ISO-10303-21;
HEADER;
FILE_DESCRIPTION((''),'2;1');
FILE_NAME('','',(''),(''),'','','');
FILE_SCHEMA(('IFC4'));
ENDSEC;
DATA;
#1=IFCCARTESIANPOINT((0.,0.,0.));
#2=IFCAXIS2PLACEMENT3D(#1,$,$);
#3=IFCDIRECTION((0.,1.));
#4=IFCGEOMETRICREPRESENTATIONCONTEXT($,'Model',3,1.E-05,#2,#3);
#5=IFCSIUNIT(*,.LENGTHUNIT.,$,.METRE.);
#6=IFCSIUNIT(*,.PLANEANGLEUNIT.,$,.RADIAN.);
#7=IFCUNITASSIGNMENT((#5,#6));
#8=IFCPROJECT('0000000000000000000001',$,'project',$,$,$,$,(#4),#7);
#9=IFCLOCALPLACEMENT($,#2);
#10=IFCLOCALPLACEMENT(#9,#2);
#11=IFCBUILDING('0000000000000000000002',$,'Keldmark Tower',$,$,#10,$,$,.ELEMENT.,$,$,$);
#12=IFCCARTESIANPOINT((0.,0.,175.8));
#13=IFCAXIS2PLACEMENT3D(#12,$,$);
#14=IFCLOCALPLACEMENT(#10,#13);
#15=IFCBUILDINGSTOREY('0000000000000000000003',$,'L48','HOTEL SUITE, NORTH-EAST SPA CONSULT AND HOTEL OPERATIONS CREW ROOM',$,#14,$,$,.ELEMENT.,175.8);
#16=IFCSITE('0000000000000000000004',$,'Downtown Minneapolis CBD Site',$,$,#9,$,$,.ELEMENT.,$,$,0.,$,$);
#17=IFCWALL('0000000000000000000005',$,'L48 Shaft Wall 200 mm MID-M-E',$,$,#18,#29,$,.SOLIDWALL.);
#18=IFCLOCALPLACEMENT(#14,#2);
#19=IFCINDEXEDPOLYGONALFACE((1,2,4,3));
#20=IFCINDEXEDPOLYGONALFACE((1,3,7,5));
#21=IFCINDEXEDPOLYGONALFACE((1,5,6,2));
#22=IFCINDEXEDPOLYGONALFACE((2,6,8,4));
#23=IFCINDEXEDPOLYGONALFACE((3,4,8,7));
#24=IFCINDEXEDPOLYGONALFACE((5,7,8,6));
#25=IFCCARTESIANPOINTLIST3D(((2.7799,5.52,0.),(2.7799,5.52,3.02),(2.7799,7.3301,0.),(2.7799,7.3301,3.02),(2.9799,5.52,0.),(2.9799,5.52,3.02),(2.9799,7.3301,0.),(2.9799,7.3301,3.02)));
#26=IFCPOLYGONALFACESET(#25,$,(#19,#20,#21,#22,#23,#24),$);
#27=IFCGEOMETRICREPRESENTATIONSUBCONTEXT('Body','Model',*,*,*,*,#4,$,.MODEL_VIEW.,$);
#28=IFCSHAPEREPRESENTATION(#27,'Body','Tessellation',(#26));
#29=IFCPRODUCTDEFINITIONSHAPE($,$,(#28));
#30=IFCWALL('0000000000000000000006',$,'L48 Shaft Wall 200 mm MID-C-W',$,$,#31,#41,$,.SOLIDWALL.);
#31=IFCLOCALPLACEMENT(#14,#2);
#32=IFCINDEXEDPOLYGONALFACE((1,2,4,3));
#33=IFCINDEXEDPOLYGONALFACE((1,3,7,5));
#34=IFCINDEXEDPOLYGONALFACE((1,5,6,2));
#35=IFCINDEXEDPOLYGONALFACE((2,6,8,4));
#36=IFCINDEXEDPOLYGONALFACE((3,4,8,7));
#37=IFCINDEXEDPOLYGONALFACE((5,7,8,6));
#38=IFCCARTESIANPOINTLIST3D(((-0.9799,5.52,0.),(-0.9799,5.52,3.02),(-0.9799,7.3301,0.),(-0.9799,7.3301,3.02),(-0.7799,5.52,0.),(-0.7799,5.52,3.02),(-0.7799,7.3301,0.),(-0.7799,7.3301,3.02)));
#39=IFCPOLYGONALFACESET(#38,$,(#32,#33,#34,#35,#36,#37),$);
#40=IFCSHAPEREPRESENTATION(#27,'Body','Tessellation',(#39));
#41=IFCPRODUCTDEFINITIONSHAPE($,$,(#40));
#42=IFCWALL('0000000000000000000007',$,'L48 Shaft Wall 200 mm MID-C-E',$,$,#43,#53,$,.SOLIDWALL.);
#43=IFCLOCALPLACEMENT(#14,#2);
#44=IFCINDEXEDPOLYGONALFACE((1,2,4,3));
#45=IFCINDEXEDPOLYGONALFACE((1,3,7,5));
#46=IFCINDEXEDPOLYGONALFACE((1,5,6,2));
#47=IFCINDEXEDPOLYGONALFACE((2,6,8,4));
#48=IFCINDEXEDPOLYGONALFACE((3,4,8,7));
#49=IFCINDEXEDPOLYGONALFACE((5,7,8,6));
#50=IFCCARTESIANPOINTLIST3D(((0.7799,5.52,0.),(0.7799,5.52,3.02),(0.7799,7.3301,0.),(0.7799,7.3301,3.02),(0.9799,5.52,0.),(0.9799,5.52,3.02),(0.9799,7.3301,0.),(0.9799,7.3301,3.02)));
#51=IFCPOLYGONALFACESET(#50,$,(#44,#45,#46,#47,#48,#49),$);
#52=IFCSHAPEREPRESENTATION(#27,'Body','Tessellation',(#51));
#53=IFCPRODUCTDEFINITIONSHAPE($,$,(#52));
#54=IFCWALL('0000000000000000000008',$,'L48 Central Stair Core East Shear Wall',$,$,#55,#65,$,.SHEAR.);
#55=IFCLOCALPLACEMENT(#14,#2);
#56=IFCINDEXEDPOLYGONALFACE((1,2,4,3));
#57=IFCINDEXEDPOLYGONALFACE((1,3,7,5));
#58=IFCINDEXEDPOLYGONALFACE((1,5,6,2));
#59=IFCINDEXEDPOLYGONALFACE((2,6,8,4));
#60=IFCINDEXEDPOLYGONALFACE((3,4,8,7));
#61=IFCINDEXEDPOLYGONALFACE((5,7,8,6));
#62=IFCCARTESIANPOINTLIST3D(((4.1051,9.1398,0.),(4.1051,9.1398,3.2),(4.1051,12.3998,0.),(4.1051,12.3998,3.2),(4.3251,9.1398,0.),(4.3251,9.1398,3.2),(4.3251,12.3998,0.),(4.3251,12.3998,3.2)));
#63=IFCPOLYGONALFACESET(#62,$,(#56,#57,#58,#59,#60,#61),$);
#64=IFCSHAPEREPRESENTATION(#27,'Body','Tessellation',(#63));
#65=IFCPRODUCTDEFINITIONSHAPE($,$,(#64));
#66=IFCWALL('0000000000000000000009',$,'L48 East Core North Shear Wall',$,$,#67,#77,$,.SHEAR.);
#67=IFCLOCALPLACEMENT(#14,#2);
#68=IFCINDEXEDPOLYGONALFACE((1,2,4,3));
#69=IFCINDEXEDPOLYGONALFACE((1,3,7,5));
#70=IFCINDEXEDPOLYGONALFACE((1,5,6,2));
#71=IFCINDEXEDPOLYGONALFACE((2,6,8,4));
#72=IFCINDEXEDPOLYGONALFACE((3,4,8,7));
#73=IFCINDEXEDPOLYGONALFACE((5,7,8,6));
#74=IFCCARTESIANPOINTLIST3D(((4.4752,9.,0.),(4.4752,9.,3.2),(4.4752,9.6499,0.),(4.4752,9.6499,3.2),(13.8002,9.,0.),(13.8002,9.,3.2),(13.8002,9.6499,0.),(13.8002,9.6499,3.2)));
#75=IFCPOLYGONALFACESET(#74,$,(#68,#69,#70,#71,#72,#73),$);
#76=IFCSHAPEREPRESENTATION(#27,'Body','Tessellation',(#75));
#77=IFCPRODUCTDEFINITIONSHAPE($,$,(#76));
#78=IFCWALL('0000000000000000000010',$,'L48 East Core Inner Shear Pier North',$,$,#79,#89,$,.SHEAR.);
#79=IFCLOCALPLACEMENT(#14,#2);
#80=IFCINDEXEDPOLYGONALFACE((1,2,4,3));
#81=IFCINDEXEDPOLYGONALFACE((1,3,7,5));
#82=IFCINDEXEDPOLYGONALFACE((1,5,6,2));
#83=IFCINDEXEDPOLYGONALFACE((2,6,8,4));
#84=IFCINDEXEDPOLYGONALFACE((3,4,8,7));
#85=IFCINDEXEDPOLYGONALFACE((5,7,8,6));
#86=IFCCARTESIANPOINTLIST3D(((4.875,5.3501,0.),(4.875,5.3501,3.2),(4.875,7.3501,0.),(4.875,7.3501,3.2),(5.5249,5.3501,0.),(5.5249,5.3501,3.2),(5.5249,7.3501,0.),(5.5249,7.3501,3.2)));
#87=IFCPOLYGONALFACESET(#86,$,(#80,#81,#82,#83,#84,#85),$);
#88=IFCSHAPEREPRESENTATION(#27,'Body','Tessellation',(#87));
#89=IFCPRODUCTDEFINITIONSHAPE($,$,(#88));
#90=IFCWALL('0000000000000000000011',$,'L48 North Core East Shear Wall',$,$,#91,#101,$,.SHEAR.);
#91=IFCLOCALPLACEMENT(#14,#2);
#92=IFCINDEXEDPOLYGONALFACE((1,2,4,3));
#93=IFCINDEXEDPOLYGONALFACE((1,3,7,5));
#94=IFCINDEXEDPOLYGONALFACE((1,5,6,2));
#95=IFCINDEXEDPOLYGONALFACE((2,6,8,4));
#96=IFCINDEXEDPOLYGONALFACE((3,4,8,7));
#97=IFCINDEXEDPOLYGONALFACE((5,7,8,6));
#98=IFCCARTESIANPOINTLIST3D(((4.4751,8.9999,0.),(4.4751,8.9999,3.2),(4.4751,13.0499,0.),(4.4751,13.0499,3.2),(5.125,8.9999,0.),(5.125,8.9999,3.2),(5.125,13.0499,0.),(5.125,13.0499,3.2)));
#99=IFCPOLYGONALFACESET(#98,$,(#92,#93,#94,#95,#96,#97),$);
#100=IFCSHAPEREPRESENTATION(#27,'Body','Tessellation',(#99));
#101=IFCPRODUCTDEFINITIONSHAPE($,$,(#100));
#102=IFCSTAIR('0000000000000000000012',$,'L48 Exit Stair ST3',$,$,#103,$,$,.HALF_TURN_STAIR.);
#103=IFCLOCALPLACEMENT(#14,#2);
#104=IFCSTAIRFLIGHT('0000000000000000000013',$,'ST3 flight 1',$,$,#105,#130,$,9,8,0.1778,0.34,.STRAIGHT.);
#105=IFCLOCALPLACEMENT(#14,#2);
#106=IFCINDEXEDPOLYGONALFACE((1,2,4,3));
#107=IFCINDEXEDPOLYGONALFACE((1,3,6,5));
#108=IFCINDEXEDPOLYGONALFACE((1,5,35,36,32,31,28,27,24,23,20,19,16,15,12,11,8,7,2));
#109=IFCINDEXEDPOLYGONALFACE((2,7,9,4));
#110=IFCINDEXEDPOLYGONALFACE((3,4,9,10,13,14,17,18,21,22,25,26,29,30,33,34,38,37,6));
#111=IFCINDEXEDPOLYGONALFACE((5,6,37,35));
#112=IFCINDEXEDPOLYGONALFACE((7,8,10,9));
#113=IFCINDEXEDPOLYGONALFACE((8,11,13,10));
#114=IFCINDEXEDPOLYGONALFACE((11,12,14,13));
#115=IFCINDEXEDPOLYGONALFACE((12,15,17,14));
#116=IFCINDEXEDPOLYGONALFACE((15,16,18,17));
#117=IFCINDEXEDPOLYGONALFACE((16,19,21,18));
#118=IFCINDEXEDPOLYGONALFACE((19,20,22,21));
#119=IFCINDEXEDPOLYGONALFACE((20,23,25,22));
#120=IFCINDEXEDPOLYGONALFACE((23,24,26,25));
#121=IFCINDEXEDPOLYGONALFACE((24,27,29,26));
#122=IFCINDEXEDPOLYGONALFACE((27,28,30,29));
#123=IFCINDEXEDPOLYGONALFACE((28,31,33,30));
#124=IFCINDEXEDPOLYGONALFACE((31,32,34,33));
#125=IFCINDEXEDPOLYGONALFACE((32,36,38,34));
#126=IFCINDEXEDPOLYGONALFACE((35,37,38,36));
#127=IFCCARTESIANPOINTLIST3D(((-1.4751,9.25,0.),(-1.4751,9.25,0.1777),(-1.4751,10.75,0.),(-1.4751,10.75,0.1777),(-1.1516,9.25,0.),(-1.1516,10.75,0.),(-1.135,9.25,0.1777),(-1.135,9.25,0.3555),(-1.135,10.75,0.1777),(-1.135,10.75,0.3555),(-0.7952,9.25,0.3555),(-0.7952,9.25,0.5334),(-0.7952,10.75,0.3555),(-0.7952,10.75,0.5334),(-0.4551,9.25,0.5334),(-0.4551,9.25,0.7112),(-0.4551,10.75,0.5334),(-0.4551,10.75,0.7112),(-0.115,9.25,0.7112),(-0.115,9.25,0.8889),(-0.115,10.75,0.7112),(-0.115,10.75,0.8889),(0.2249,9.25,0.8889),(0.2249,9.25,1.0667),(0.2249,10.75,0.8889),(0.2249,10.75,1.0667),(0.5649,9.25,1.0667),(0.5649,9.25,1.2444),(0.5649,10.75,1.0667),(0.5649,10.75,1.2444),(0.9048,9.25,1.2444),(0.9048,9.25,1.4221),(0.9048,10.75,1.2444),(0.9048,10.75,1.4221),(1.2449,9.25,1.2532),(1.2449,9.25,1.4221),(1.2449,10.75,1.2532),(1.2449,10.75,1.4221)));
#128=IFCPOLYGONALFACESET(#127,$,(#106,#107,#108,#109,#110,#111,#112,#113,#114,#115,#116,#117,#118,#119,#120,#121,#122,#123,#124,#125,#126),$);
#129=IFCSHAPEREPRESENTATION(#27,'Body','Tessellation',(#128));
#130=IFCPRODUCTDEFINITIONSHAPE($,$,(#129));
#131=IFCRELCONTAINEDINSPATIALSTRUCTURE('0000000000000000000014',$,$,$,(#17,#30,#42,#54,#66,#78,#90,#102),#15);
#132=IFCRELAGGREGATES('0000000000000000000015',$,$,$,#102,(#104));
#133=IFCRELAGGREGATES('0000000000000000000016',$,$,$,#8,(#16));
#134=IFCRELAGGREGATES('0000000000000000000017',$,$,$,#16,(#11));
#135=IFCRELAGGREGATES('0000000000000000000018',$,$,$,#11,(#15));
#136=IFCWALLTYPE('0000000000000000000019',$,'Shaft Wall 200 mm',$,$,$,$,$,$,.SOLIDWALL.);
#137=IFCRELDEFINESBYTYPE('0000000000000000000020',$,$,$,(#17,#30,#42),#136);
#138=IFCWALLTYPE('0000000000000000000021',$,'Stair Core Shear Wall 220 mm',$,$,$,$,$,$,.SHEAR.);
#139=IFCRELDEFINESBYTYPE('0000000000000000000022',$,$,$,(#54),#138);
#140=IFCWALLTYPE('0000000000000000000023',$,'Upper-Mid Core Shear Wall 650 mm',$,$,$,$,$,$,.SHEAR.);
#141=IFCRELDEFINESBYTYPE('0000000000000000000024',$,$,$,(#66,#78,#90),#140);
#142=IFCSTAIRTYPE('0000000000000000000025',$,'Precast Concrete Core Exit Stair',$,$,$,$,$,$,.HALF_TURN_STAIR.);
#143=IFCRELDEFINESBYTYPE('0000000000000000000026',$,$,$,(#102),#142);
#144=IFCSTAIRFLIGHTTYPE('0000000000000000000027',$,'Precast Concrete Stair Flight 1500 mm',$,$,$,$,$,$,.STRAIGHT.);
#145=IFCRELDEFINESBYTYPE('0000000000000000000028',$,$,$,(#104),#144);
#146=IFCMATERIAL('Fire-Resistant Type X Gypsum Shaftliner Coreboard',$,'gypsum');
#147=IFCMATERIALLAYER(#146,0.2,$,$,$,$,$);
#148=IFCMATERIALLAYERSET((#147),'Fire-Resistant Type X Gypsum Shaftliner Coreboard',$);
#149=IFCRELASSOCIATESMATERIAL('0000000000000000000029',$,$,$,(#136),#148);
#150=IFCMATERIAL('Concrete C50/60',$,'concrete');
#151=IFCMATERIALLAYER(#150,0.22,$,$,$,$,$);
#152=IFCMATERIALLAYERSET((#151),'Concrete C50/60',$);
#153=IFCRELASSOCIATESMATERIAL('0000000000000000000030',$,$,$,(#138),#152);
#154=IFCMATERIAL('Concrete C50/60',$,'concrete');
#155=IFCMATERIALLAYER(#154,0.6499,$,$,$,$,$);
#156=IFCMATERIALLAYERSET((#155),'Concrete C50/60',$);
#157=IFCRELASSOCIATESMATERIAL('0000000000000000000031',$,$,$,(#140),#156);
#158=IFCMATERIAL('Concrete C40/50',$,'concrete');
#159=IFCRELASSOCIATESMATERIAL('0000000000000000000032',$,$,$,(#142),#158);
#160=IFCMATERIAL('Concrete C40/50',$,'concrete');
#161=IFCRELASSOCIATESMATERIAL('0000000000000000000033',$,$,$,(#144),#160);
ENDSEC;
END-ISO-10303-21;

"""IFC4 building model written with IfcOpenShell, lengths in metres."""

from ifc_helpers import new_model, si_unit, direction, frame, frame_2d, origin, place, context, subcontext, project, spatial, polyline, rectangle, outline, extrude, material, layer, layer_set, type_object, element, aggregate, save


model = new_model("IFC4")

# Units and contexts
model_context = context("Model", 3, precision=1e-05, world=origin(), true_north=direction((0.0, 1.0)))
body_context = subcontext(model_context, "Body", "Model", "MODEL_VIEW")
ifc_project = project(units=[si_unit("LENGTHUNIT", "METRE"), si_unit("PLANEANGLEUNIT", "RADIAN")], contexts=[model_context])

# Site, building, storey
site_placement = place(None, origin())
site = spatial("IfcSite", under=ifc_project, at=site_placement, Name="Downtown Minneapolis CBD Site", CompositionType="ELEMENT", RefElevation=0.0)
building_placement = place(site_placement, origin())
building = spatial("IfcBuilding", under=site, at=building_placement, Name="Keldmark Tower", CompositionType="ELEMENT")
storey_placement = place(building_placement, frame((0.0, 0.0, 175.8)))
storey = spatial("IfcBuildingStorey", under=building, at=storey_placement, Name="L48", Description="HOTEL SUITE, NORTH-EAST SPA CONSULT AND HOTEL OPERATIONS CREW ROOM", CompositionType="ELEMENT", Elevation=175.8)

# Shared definitions
ifc_material_1 = material(Name="Fire-Resistant Type X Gypsum Shaftliner Coreboard", Category="gypsum")
ifc_layer_1 = layer(ifc_material_1, 0.2)
ifc_layer_set_1 = layer_set([ifc_layer_1], Name="Fire-Resistant Type X Gypsum Shaftliner Coreboard")
wall_type_1 = type_object("IfcWallType", Name="Shaft Wall 200 mm", PredefinedType="SOLIDWALL", material=ifc_layer_set_1)

# Walls
for number, where, z_axis, x_axis, name in (
    (1, (2.8799, 5.52, 0.0), (0.0, 0.0, 1.0), (0.0, 1.0, 0.0), "L48 Shaft Wall 200 mm MID-M-E"),
    (2, (-0.8799, 5.52, 0.0), (0.0, 0.0, 1.0), (0.0, 1.0, 0.0), "L48 Shaft Wall 200 mm MID-C-W"),
    (3, (0.8799, 5.52, 0.0), (0.0, 0.0, 1.0), (0.0, 1.0, 0.0), "L48 Shaft Wall 200 mm MID-C-E"),
):
    element("IfcWall", number, at=place(storey_placement, frame(where, z_axis=z_axis, x_axis=x_axis)), inside=storey, type_object=wall_type_1, Name=name, PredefinedType="SOLIDWALL", context=body_context, shape_type="SweptSolid", body=[
        extrude(rectangle(XDim=1.8101, YDim=0.2, at=frame_2d((0.905, 0.0))), origin(), (0.0, 0.0, 1.0), 3.02),
    ])
ifc_material_2 = material(Name="Concrete C50/60", Category="concrete")
ifc_layer_2 = layer(ifc_material_2, 0.22)
ifc_layer_set_2 = layer_set([ifc_layer_2], Name="Concrete C50/60")
wall_type_2 = type_object("IfcWallType", Name="Stair Core Shear Wall 220 mm", PredefinedType="SHEAR", material=ifc_layer_set_2)
wall_1_placement = place(storey_placement, frame((4.2151, 9.1399, 0.0), z_axis=(0.0, 0.0, 1.0), x_axis=(0.0, 1.0, 0.0)))
element("IfcWall", 4, at=wall_1_placement, inside=storey, type_object=wall_type_2, Name="L48 Central Stair Core East Shear Wall", PredefinedType="SHEAR", context=body_context, shape_type="SweptSolid", body=[
    extrude(rectangle(XDim=3.26, YDim=0.22, at=frame_2d((1.6299, 0.0))), origin(), (0.0, 0.0, 1.0), 3.2),
])
ifc_material_3 = material(Name="Concrete C50/60", Category="concrete")
ifc_layer_3 = layer(ifc_material_3, 0.6499)
ifc_layer_set_3 = layer_set([ifc_layer_3], Name="Concrete C50/60")
wall_type_3 = type_object("IfcWallType", Name="Upper-Mid Core Shear Wall 650 mm", PredefinedType="SHEAR", material=ifc_layer_set_3)
wall_2_placement = place(storey_placement, frame((4.4751, 9.325, 0.0), z_axis=(0.0, 0.0, 1.0), x_axis=(1.0, 0.0, 0.0)))
element("IfcWall", 5, at=wall_2_placement, inside=storey, type_object=wall_type_3, Name="L48 East Core North Shear Wall", PredefinedType="SHEAR", context=body_context, shape_type="SweptSolid", body=[
    extrude(rectangle(XDim=9.325, YDim=0.6499, at=frame_2d((4.6626, 0.0))), origin(), (0.0, 0.0, 1.0), 3.2),
])
wall_3_placement = place(storey_placement, frame((5.2, 5.3501, 0.0), z_axis=(0.0, 0.0, 1.0), x_axis=(0.0, 1.0, 0.0)))
element("IfcWall", 6, at=wall_3_placement, inside=storey, type_object=wall_type_3, Name="L48 East Core Inner Shear Pier North", PredefinedType="SHEAR", context=body_context, shape_type="SweptSolid", body=[
    extrude(rectangle(XDim=2.0, YDim=0.6499, at=frame_2d((1.0, 0.0))), origin(), (0.0, 0.0, 1.0), 3.2),
])
wall_4_placement = place(storey_placement, frame((4.8, 9.0, 0.0), z_axis=(0.0, 0.0, 1.0), x_axis=(0.0, 1.0, 0.0)))
element("IfcWall", 7, at=wall_4_placement, inside=storey, type_object=wall_type_3, Name="L48 North Core East Shear Wall", PredefinedType="SHEAR", context=body_context, shape_type="SweptSolid", body=[
    extrude(rectangle(XDim=4.05, YDim=0.6499, at=frame_2d((2.0249, 0.0))), origin(), (0.0, 0.0, 1.0), 3.2),
])

# Stair, stair flight
ifc_material_4 = material(Name="Concrete C40/50", Category="concrete")
stair_type = type_object("IfcStairType", Name="Precast Concrete Core Exit Stair", PredefinedType="HALF_TURN_STAIR", material=ifc_material_4)
stair_placement = place(storey_placement, origin())
stair = element("IfcStair", 8, at=stair_placement, inside=storey, type_object=stair_type, Name="L48 Exit Stair ST3", PredefinedType="HALF_TURN_STAIR")
ifc_material_5 = material(Name="Concrete C40/50", Category="concrete")
stair_flight_type = type_object("IfcStairFlightType", Name="Precast Concrete Stair Flight 1500 mm", PredefinedType="STRAIGHT", material=ifc_material_5)
stair_flight_placement = place(storey_placement, frame((-1.4751, 10.0, 0.0), z_axis=(0.0, 0.0, 1.0), x_axis=(1.0, 0.0, 0.0)))
stair_flight = element("IfcStairFlight", 9, at=stair_flight_placement, type_object=stair_flight_type, Name="ST3 flight 1", NumberOfRisers=9, NumberOfTreads=8, PredefinedType="STRAIGHT", RiserHeight=0.1778, TreadLength=0.34, context=body_context, shape_type="SweptSolid", body=[
    extrude(outline(polyline([(0.0, 0.0), (0.0, 0.1777), (0.3401, 0.1777), (0.3401, 0.3555), (0.6799, 0.3555), (0.6799, 0.5334), (1.02, 0.5334), (1.02, 0.7112), (1.3601, 0.7112), (1.3601, 0.8889), (1.7, 0.8889), (1.7, 1.0667), (2.04, 1.0667), (2.04, 1.2444), (2.3799, 1.2444), (2.3799, 1.4221), (2.72, 1.4221), (2.72, 1.6001), (2.72, 1.2532), (0.3235, 0.0), (0.0, 0.0)])), frame((0.0, 0.75, 0.0), z_axis=(0.0, -1.0, 0.0), x_axis=(1.0, 0.0, 0.0)), (0.0, 0.0, 1.0), 1.5),
])
aggregate(stair, [stair_flight])

save(model, "model.ifc")
